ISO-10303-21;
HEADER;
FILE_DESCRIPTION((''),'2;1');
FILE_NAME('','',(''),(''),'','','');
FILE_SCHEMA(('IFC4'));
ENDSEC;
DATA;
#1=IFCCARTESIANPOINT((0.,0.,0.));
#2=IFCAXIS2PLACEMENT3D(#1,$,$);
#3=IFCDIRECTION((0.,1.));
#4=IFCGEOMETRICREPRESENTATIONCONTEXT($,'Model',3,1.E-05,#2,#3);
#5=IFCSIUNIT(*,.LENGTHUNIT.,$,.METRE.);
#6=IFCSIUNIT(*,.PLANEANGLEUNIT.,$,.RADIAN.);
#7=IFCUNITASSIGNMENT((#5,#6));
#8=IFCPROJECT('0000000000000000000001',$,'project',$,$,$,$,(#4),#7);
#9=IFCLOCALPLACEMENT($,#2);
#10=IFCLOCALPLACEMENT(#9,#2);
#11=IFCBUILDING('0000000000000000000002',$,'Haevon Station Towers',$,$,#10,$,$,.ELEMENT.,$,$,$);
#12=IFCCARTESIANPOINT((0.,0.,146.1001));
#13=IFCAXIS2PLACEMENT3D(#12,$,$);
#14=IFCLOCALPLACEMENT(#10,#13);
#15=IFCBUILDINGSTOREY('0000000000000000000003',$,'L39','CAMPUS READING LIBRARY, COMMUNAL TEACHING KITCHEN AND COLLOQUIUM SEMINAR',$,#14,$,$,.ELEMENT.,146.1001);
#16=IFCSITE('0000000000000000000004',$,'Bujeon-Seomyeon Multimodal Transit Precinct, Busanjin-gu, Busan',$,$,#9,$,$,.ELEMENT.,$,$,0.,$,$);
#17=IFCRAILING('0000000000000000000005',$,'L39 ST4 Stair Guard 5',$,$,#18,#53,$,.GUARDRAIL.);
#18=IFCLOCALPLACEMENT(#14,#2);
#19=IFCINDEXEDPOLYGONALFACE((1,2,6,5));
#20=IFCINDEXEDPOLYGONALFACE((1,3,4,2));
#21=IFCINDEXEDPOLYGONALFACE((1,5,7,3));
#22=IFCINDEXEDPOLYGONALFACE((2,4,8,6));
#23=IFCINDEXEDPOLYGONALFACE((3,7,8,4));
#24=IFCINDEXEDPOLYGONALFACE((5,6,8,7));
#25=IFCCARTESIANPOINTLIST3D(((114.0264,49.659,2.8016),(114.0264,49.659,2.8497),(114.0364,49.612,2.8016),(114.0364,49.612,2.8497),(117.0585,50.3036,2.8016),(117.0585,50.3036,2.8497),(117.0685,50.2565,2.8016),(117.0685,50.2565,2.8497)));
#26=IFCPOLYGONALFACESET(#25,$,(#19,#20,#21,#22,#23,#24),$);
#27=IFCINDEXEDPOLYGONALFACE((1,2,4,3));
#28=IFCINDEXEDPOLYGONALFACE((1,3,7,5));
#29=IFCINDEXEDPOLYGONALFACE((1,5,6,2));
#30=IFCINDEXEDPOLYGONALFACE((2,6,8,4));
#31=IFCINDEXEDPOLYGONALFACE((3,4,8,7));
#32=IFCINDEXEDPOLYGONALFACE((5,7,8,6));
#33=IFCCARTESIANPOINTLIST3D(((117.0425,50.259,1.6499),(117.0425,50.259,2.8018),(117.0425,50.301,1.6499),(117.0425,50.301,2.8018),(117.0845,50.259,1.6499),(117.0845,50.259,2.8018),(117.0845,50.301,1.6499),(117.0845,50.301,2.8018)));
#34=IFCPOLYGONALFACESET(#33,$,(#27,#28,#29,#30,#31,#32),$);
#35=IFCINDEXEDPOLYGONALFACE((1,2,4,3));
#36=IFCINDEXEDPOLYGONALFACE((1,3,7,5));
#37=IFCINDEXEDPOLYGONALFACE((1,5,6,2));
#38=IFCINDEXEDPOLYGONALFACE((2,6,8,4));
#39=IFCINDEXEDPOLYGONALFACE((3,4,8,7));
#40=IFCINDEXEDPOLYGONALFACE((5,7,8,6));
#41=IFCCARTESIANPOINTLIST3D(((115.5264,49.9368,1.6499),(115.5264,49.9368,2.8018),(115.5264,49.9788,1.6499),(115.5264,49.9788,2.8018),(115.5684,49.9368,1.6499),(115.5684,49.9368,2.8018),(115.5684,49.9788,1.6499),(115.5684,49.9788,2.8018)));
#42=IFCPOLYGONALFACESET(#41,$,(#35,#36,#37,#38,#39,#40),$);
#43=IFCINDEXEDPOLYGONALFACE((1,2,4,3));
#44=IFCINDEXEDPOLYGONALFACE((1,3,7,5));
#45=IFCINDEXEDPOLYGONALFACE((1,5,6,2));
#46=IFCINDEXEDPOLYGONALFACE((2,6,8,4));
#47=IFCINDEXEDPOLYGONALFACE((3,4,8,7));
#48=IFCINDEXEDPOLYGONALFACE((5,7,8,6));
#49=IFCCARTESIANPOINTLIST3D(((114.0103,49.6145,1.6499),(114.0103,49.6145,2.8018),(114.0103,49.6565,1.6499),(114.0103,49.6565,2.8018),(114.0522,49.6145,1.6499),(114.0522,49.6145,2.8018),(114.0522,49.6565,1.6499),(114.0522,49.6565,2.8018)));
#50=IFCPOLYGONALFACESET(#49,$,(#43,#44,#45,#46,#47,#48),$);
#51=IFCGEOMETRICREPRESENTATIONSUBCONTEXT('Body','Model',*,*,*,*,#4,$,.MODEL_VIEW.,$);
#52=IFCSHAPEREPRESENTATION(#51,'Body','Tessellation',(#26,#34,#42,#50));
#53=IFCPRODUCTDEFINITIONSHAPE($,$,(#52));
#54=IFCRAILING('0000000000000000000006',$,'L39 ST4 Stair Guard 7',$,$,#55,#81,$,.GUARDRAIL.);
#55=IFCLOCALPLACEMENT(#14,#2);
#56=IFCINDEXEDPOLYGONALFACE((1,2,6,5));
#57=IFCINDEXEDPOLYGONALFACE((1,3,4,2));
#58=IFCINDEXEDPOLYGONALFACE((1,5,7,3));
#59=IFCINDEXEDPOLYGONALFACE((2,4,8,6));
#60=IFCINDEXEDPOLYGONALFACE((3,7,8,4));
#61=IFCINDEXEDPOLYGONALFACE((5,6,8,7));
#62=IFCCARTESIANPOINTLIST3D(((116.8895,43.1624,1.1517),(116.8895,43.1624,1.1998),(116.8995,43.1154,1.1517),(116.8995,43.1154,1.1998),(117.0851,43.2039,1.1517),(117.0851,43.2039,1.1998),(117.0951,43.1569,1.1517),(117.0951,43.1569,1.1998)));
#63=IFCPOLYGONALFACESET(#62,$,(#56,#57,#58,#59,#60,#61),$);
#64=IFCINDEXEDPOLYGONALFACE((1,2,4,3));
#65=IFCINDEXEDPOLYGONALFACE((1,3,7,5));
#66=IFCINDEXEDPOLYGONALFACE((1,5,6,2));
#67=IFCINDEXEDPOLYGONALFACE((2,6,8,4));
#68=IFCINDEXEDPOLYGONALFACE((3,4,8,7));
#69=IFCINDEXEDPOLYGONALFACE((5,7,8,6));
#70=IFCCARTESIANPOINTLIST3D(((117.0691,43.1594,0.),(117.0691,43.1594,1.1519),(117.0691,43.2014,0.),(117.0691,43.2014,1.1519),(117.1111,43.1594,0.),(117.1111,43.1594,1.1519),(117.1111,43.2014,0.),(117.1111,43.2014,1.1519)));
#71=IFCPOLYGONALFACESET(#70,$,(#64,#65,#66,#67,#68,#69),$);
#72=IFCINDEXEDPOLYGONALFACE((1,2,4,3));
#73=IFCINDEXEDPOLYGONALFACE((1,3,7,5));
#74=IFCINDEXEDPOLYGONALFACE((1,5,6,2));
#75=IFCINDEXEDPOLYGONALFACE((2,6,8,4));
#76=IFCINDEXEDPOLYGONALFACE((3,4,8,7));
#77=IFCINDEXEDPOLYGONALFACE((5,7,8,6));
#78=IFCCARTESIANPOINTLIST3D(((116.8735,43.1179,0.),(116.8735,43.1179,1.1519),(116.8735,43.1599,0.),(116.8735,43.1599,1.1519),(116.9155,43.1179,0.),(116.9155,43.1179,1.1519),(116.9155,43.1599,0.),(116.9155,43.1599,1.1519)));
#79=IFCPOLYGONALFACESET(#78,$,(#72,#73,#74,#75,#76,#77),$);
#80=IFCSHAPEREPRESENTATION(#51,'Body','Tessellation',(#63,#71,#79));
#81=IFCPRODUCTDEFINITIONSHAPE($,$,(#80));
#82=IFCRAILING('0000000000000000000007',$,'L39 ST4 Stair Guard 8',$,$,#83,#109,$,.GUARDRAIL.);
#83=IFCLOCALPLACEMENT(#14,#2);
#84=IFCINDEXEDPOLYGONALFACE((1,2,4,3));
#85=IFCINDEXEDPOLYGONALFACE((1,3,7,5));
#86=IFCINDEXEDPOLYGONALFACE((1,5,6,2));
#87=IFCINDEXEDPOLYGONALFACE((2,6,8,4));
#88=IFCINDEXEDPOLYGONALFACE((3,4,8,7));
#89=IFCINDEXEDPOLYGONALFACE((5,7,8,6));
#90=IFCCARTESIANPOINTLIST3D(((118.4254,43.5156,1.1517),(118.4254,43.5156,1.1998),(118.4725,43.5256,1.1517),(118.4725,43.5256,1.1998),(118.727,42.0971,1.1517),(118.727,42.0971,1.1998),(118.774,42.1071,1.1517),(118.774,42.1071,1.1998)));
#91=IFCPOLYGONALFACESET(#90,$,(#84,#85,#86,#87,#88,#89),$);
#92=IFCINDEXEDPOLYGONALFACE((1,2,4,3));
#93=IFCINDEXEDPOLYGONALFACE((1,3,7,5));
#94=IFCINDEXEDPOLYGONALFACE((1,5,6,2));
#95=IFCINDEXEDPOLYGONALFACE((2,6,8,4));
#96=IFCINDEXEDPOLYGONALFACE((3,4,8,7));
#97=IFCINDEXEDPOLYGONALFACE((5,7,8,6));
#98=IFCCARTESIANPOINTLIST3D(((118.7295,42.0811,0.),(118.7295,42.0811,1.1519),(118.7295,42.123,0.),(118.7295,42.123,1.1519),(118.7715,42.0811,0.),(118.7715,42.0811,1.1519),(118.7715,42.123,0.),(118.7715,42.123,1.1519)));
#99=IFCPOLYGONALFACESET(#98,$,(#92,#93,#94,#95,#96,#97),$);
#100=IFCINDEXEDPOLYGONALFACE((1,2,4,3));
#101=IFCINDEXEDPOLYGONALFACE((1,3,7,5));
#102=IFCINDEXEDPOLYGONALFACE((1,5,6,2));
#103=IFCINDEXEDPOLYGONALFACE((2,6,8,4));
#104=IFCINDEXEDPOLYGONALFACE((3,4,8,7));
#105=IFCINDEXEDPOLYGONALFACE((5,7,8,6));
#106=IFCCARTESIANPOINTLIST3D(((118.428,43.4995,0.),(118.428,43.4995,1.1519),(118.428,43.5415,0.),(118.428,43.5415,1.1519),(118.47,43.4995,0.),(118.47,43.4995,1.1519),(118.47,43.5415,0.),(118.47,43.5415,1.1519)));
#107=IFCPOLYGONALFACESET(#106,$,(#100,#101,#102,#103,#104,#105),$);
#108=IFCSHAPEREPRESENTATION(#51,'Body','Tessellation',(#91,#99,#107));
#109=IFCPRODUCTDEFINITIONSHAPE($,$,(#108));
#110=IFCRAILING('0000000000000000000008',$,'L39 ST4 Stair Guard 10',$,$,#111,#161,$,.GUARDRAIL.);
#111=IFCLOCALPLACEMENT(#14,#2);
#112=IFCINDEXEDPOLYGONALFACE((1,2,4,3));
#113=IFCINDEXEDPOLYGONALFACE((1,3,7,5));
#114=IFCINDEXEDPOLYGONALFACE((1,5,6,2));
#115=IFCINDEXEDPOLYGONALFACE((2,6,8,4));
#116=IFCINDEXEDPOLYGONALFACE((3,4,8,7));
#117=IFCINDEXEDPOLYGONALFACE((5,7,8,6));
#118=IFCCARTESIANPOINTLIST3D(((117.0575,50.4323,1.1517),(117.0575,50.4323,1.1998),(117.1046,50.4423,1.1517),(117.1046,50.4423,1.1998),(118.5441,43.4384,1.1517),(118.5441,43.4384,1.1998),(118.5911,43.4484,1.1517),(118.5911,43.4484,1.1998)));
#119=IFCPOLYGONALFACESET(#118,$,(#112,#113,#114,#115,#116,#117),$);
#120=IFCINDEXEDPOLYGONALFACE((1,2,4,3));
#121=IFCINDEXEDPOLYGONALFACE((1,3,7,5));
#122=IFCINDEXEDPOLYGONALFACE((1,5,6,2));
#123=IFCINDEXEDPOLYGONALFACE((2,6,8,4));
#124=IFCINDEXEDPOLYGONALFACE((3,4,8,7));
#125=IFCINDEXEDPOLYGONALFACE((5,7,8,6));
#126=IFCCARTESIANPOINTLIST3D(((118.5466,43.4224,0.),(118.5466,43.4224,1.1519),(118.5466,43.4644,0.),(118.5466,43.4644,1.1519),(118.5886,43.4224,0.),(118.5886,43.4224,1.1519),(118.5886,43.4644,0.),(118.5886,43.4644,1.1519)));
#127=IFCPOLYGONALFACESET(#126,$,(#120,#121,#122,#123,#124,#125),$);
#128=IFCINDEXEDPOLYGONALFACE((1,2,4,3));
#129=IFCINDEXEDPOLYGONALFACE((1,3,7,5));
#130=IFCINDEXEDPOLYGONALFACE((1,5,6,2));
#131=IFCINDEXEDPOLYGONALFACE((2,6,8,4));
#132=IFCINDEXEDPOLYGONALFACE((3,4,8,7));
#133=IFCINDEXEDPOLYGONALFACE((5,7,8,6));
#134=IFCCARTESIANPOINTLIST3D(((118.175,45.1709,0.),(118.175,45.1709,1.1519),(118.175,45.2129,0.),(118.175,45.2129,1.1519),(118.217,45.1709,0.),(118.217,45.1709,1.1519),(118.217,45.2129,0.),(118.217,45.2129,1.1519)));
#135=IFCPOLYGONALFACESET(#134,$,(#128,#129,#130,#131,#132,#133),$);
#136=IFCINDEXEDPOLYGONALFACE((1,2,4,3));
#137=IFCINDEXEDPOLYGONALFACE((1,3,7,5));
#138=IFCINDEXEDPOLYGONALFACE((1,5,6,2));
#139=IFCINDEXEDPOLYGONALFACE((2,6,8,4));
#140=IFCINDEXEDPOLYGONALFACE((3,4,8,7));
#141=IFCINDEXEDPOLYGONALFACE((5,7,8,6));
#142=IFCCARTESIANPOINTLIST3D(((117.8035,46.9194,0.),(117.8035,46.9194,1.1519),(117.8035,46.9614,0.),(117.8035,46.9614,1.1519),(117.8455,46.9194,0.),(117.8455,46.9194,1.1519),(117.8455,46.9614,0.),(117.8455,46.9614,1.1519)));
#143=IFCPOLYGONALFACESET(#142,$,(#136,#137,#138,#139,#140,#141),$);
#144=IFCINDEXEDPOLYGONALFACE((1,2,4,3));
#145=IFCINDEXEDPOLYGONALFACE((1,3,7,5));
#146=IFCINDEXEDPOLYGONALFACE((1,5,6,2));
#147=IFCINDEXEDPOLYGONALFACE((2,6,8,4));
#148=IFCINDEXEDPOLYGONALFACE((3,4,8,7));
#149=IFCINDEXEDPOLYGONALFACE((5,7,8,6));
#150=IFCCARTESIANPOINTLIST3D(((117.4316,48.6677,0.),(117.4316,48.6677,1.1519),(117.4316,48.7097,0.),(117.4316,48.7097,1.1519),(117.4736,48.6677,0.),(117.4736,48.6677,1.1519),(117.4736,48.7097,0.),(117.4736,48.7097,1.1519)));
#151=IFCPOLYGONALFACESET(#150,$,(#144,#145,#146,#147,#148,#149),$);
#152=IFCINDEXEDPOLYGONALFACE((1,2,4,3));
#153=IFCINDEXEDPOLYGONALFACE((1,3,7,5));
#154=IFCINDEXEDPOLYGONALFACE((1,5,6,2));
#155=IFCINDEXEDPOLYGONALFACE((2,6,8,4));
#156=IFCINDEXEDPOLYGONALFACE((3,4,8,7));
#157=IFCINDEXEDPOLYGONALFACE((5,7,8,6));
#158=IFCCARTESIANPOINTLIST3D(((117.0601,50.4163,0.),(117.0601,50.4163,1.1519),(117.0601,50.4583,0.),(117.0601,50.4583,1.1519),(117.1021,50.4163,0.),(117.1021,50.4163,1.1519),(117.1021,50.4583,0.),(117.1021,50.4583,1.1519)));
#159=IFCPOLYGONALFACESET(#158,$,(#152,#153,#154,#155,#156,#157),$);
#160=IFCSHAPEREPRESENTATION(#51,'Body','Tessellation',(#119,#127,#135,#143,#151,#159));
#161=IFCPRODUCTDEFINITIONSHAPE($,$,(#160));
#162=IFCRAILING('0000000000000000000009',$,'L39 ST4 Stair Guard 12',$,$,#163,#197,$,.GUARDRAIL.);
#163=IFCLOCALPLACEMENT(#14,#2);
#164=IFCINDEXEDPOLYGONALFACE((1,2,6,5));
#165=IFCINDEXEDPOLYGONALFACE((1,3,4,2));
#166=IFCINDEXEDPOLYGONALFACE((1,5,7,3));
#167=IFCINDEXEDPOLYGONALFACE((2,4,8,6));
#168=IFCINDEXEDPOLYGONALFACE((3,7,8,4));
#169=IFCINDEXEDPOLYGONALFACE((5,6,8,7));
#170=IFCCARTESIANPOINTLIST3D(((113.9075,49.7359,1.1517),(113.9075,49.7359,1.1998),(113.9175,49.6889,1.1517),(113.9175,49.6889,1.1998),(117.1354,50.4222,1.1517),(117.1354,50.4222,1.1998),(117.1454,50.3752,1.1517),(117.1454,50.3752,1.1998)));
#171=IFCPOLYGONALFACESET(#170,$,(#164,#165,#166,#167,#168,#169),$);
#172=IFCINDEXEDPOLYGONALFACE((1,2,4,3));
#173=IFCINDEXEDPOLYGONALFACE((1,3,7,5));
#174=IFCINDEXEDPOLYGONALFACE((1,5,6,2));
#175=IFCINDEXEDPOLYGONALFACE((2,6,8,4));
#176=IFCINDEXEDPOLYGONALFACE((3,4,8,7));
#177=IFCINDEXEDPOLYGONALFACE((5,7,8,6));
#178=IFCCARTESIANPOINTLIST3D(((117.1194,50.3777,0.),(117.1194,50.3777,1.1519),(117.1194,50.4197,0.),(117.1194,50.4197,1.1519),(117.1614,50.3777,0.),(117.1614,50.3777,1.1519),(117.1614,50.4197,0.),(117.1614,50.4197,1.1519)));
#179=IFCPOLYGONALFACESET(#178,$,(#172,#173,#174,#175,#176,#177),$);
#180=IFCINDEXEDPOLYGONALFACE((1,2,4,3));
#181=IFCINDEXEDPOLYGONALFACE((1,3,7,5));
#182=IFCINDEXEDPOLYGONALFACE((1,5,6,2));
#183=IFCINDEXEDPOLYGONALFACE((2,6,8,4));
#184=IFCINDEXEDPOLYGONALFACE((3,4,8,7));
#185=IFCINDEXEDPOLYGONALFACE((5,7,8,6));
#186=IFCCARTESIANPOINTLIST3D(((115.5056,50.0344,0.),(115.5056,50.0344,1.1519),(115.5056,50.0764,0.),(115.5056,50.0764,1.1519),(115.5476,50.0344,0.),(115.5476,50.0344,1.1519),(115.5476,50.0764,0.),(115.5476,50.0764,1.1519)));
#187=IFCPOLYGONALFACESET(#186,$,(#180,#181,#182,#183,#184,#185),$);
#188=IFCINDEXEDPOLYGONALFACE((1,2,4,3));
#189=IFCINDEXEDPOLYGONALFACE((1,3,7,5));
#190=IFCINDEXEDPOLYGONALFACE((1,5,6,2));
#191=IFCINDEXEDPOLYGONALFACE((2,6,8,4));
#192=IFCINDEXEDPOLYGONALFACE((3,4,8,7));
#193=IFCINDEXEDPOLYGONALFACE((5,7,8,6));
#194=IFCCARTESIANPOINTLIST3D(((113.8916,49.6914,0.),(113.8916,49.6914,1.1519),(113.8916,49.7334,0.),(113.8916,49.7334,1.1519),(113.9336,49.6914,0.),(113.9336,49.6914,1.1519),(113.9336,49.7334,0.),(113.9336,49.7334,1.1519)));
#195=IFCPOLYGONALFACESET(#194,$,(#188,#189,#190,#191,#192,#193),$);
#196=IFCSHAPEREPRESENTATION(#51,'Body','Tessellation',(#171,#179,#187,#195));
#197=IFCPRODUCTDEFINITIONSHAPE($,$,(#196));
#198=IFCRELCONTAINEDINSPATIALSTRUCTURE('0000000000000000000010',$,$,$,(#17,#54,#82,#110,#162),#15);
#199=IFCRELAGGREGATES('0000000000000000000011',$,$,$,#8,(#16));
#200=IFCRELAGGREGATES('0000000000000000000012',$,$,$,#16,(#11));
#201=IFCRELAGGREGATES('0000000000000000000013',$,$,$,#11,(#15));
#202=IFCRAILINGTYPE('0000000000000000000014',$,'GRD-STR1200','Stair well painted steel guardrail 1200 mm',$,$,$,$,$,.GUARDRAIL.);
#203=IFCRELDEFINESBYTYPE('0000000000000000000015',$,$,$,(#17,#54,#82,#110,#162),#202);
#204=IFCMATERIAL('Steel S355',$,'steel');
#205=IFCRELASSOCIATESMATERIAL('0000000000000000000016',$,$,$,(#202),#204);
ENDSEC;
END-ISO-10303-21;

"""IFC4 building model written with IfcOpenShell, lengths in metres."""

from ifc_helpers import new_model, si_unit, direction, frame, origin, origin_2d, place, context, subcontext, project, spatial, rectangle, extrude, material, type_object, element, save


model = new_model("IFC4")

# Units and contexts
model_context = context("Model", 3, precision=1e-05, world=origin(), true_north=direction((0.0, 1.0)))
body_context = subcontext(model_context, "Body", "Model", "MODEL_VIEW")
ifc_project = project(units=[si_unit("LENGTHUNIT", "METRE"), si_unit("PLANEANGLEUNIT", "RADIAN")], contexts=[model_context])

# Site, building, storey
site_placement = place(None, origin())
site = spatial("IfcSite", under=ifc_project, at=site_placement, Name="Bujeon-Seomyeon Multimodal Transit Precinct, Busanjin-gu, Busan", CompositionType="ELEMENT", RefElevation=0.0)
building_placement = place(site_placement, origin())
building = spatial("IfcBuilding", under=site, at=building_placement, Name="Haevon Station Towers", CompositionType="ELEMENT")
storey_placement = place(building_placement, frame((0.0, 0.0, 146.1001)))
storey = spatial("IfcBuildingStorey", under=building, at=storey_placement, Name="L39", Description="CAMPUS READING LIBRARY, COMMUNAL TEACHING KITCHEN AND COLLOQUIUM SEMINAR", CompositionType="ELEMENT", Elevation=146.1001)

# Shared definitions
ifc_material_1 = material(Name="Steel S355", Category="steel")

# Railings
railing_type_1 = type_object("IfcRailingType", Name="GRD-STR1200", Description="Stair well painted steel guardrail 1200 mm", PredefinedType="GUARDRAIL", material=ifc_material_1)
railing_1_placement = place(storey_placement, frame((117.0635, 50.28, 1.6499)))
element("IfcRailing", 1, at=railing_1_placement, inside=storey, type_object=railing_type_1, Name="L39 ST4 Stair Guard 5", PredefinedType="GUARDRAIL", context=body_context, shape_type="SweptSolid", body=[
    extrude(rectangle(XDim=0.0481, YDim=0.0481, at=origin_2d()), frame((0.0, 0.0, 1.1758), z_axis=(-0.978147, -0.207915, 0.0), x_axis=(0.207915, -0.978147, 0.0)), (0.0, 0.0, 1.0), 3.0999),
    extrude(rectangle(XDim=0.042, YDim=0.042, at=origin_2d()), origin(), (0.0, 0.0, 1.0), 1.1519),
    extrude(rectangle(XDim=0.042, YDim=0.042, at=origin_2d()), frame((-1.5161, -0.3223, 0.0)), (0.0, 0.0, 1.0), 1.1519),
    extrude(rectangle(XDim=0.042, YDim=0.042, at=origin_2d()), frame((-3.0322, -0.6445, 0.0)), (0.0, 0.0, 1.0), 1.1519),
])
railing_2_placement = place(storey_placement, frame((117.0901, 43.1804, 0.0)))
element("IfcRailing", 2, at=railing_2_placement, inside=storey, type_object=railing_type_1, Name="L39 ST4 Stair Guard 7", PredefinedType="GUARDRAIL", context=body_context, shape_type="SweptSolid", body=[
    extrude(rectangle(XDim=0.0481, YDim=0.0481, at=origin_2d()), frame((0.0, 0.0, 1.1758), z_axis=(-0.978212, -0.20761, 0.0), x_axis=(0.20761, -0.978212, 0.0)), (0.0, 0.0, 1.0), 0.2),
    extrude(rectangle(XDim=0.042, YDim=0.042, at=origin_2d()), origin(), (0.0, 0.0, 1.0), 1.1519),
    extrude(rectangle(XDim=0.042, YDim=0.042, at=origin_2d()), frame((-0.1956, -0.0415, 0.0)), (0.0, 0.0, 1.0), 1.1519),
])
railing_3_placement = place(storey_placement, frame((118.7505, 42.1021, 0.0)))
element("IfcRailing", 3, at=railing_3_placement, inside=storey, type_object=railing_type_1, Name="L39 ST4 Stair Guard 8", PredefinedType="GUARDRAIL", context=body_context, shape_type="SweptSolid", body=[
    extrude(rectangle(XDim=0.0481, YDim=0.0481, at=origin_2d()), frame((0.0, 0.0, 1.1758), z_axis=(-0.207919, 0.978146, 0.0), x_axis=(-0.978146, -0.207919, 0.0)), (0.0, 0.0, 1.0), 1.4502),
    extrude(rectangle(XDim=0.042, YDim=0.042, at=origin_2d()), origin(), (0.0, 0.0, 1.0), 1.1519),
    extrude(rectangle(XDim=0.042, YDim=0.042, at=origin_2d()), frame((-0.3015, 1.4185, 0.0)), (0.0, 0.0, 1.0), 1.1519),
])
railing_4_placement = place(storey_placement, frame((118.5676, 43.4434, 0.0)))
element("IfcRailing", 4, at=railing_4_placement, inside=storey, type_object=railing_type_1, Name="L39 ST4 Stair Guard 10", PredefinedType="GUARDRAIL", context=body_context, shape_type="SweptSolid", body=[
    extrude(rectangle(XDim=0.0481, YDim=0.0481, at=origin_2d()), frame((0.0, 0.0, 1.1758), z_axis=(-0.207908, 0.978148, 0.0), x_axis=(-0.978148, -0.207908, 0.0)), (0.0, 0.0, 1.0), 7.1501),
    extrude(rectangle(XDim=0.042, YDim=0.042, at=origin_2d()), origin(), (0.0, 0.0, 1.0), 1.1519),
    extrude(rectangle(XDim=0.042, YDim=0.042, at=origin_2d()), frame((-0.3716, 1.7485, 0.0)), (0.0, 0.0, 1.0), 1.1519),
    extrude(rectangle(XDim=0.042, YDim=0.042, at=origin_2d()), frame((-0.7432, 3.4971, 0.0)), (0.0, 0.0, 1.0), 1.1519),
    extrude(rectangle(XDim=0.042, YDim=0.042, at=origin_2d()), frame((-1.115, 5.2454, 0.0)), (0.0, 0.0, 1.0), 1.1519),
    extrude(rectangle(XDim=0.042, YDim=0.042, at=origin_2d()), frame((-1.4866, 6.9939, 0.0)), (0.0, 0.0, 1.0), 1.1519),
])
railing_5_placement = place(storey_placement, frame((117.1404, 50.3987, 0.0)))
element("IfcRailing", 5, at=railing_5_placement, inside=storey, type_object=railing_type_1, Name="L39 ST4 Stair Guard 12", PredefinedType="GUARDRAIL", context=body_context, shape_type="SweptSolid", body=[
    extrude(rectangle(XDim=0.0481, YDim=0.0481, at=origin_2d()), frame((0.0, 0.0, 1.1758), z_axis=(-0.978136, -0.207968, 0.0), x_axis=(0.207968, -0.978136, 0.0)), (0.0, 0.0, 1.0), 3.3),
    extrude(rectangle(XDim=0.042, YDim=0.042, at=origin_2d()), origin(), (0.0, 0.0, 1.0), 1.1519),
    extrude(rectangle(XDim=0.042, YDim=0.042, at=origin_2d()), frame((-1.6138, -0.3433, 0.0)), (0.0, 0.0, 1.0), 1.1519),
    extrude(rectangle(XDim=0.042, YDim=0.042, at=origin_2d()), frame((-3.2278, -0.6863, 0.0)), (0.0, 0.0, 1.0), 1.1519),
])

save(model, "model.ifc")
